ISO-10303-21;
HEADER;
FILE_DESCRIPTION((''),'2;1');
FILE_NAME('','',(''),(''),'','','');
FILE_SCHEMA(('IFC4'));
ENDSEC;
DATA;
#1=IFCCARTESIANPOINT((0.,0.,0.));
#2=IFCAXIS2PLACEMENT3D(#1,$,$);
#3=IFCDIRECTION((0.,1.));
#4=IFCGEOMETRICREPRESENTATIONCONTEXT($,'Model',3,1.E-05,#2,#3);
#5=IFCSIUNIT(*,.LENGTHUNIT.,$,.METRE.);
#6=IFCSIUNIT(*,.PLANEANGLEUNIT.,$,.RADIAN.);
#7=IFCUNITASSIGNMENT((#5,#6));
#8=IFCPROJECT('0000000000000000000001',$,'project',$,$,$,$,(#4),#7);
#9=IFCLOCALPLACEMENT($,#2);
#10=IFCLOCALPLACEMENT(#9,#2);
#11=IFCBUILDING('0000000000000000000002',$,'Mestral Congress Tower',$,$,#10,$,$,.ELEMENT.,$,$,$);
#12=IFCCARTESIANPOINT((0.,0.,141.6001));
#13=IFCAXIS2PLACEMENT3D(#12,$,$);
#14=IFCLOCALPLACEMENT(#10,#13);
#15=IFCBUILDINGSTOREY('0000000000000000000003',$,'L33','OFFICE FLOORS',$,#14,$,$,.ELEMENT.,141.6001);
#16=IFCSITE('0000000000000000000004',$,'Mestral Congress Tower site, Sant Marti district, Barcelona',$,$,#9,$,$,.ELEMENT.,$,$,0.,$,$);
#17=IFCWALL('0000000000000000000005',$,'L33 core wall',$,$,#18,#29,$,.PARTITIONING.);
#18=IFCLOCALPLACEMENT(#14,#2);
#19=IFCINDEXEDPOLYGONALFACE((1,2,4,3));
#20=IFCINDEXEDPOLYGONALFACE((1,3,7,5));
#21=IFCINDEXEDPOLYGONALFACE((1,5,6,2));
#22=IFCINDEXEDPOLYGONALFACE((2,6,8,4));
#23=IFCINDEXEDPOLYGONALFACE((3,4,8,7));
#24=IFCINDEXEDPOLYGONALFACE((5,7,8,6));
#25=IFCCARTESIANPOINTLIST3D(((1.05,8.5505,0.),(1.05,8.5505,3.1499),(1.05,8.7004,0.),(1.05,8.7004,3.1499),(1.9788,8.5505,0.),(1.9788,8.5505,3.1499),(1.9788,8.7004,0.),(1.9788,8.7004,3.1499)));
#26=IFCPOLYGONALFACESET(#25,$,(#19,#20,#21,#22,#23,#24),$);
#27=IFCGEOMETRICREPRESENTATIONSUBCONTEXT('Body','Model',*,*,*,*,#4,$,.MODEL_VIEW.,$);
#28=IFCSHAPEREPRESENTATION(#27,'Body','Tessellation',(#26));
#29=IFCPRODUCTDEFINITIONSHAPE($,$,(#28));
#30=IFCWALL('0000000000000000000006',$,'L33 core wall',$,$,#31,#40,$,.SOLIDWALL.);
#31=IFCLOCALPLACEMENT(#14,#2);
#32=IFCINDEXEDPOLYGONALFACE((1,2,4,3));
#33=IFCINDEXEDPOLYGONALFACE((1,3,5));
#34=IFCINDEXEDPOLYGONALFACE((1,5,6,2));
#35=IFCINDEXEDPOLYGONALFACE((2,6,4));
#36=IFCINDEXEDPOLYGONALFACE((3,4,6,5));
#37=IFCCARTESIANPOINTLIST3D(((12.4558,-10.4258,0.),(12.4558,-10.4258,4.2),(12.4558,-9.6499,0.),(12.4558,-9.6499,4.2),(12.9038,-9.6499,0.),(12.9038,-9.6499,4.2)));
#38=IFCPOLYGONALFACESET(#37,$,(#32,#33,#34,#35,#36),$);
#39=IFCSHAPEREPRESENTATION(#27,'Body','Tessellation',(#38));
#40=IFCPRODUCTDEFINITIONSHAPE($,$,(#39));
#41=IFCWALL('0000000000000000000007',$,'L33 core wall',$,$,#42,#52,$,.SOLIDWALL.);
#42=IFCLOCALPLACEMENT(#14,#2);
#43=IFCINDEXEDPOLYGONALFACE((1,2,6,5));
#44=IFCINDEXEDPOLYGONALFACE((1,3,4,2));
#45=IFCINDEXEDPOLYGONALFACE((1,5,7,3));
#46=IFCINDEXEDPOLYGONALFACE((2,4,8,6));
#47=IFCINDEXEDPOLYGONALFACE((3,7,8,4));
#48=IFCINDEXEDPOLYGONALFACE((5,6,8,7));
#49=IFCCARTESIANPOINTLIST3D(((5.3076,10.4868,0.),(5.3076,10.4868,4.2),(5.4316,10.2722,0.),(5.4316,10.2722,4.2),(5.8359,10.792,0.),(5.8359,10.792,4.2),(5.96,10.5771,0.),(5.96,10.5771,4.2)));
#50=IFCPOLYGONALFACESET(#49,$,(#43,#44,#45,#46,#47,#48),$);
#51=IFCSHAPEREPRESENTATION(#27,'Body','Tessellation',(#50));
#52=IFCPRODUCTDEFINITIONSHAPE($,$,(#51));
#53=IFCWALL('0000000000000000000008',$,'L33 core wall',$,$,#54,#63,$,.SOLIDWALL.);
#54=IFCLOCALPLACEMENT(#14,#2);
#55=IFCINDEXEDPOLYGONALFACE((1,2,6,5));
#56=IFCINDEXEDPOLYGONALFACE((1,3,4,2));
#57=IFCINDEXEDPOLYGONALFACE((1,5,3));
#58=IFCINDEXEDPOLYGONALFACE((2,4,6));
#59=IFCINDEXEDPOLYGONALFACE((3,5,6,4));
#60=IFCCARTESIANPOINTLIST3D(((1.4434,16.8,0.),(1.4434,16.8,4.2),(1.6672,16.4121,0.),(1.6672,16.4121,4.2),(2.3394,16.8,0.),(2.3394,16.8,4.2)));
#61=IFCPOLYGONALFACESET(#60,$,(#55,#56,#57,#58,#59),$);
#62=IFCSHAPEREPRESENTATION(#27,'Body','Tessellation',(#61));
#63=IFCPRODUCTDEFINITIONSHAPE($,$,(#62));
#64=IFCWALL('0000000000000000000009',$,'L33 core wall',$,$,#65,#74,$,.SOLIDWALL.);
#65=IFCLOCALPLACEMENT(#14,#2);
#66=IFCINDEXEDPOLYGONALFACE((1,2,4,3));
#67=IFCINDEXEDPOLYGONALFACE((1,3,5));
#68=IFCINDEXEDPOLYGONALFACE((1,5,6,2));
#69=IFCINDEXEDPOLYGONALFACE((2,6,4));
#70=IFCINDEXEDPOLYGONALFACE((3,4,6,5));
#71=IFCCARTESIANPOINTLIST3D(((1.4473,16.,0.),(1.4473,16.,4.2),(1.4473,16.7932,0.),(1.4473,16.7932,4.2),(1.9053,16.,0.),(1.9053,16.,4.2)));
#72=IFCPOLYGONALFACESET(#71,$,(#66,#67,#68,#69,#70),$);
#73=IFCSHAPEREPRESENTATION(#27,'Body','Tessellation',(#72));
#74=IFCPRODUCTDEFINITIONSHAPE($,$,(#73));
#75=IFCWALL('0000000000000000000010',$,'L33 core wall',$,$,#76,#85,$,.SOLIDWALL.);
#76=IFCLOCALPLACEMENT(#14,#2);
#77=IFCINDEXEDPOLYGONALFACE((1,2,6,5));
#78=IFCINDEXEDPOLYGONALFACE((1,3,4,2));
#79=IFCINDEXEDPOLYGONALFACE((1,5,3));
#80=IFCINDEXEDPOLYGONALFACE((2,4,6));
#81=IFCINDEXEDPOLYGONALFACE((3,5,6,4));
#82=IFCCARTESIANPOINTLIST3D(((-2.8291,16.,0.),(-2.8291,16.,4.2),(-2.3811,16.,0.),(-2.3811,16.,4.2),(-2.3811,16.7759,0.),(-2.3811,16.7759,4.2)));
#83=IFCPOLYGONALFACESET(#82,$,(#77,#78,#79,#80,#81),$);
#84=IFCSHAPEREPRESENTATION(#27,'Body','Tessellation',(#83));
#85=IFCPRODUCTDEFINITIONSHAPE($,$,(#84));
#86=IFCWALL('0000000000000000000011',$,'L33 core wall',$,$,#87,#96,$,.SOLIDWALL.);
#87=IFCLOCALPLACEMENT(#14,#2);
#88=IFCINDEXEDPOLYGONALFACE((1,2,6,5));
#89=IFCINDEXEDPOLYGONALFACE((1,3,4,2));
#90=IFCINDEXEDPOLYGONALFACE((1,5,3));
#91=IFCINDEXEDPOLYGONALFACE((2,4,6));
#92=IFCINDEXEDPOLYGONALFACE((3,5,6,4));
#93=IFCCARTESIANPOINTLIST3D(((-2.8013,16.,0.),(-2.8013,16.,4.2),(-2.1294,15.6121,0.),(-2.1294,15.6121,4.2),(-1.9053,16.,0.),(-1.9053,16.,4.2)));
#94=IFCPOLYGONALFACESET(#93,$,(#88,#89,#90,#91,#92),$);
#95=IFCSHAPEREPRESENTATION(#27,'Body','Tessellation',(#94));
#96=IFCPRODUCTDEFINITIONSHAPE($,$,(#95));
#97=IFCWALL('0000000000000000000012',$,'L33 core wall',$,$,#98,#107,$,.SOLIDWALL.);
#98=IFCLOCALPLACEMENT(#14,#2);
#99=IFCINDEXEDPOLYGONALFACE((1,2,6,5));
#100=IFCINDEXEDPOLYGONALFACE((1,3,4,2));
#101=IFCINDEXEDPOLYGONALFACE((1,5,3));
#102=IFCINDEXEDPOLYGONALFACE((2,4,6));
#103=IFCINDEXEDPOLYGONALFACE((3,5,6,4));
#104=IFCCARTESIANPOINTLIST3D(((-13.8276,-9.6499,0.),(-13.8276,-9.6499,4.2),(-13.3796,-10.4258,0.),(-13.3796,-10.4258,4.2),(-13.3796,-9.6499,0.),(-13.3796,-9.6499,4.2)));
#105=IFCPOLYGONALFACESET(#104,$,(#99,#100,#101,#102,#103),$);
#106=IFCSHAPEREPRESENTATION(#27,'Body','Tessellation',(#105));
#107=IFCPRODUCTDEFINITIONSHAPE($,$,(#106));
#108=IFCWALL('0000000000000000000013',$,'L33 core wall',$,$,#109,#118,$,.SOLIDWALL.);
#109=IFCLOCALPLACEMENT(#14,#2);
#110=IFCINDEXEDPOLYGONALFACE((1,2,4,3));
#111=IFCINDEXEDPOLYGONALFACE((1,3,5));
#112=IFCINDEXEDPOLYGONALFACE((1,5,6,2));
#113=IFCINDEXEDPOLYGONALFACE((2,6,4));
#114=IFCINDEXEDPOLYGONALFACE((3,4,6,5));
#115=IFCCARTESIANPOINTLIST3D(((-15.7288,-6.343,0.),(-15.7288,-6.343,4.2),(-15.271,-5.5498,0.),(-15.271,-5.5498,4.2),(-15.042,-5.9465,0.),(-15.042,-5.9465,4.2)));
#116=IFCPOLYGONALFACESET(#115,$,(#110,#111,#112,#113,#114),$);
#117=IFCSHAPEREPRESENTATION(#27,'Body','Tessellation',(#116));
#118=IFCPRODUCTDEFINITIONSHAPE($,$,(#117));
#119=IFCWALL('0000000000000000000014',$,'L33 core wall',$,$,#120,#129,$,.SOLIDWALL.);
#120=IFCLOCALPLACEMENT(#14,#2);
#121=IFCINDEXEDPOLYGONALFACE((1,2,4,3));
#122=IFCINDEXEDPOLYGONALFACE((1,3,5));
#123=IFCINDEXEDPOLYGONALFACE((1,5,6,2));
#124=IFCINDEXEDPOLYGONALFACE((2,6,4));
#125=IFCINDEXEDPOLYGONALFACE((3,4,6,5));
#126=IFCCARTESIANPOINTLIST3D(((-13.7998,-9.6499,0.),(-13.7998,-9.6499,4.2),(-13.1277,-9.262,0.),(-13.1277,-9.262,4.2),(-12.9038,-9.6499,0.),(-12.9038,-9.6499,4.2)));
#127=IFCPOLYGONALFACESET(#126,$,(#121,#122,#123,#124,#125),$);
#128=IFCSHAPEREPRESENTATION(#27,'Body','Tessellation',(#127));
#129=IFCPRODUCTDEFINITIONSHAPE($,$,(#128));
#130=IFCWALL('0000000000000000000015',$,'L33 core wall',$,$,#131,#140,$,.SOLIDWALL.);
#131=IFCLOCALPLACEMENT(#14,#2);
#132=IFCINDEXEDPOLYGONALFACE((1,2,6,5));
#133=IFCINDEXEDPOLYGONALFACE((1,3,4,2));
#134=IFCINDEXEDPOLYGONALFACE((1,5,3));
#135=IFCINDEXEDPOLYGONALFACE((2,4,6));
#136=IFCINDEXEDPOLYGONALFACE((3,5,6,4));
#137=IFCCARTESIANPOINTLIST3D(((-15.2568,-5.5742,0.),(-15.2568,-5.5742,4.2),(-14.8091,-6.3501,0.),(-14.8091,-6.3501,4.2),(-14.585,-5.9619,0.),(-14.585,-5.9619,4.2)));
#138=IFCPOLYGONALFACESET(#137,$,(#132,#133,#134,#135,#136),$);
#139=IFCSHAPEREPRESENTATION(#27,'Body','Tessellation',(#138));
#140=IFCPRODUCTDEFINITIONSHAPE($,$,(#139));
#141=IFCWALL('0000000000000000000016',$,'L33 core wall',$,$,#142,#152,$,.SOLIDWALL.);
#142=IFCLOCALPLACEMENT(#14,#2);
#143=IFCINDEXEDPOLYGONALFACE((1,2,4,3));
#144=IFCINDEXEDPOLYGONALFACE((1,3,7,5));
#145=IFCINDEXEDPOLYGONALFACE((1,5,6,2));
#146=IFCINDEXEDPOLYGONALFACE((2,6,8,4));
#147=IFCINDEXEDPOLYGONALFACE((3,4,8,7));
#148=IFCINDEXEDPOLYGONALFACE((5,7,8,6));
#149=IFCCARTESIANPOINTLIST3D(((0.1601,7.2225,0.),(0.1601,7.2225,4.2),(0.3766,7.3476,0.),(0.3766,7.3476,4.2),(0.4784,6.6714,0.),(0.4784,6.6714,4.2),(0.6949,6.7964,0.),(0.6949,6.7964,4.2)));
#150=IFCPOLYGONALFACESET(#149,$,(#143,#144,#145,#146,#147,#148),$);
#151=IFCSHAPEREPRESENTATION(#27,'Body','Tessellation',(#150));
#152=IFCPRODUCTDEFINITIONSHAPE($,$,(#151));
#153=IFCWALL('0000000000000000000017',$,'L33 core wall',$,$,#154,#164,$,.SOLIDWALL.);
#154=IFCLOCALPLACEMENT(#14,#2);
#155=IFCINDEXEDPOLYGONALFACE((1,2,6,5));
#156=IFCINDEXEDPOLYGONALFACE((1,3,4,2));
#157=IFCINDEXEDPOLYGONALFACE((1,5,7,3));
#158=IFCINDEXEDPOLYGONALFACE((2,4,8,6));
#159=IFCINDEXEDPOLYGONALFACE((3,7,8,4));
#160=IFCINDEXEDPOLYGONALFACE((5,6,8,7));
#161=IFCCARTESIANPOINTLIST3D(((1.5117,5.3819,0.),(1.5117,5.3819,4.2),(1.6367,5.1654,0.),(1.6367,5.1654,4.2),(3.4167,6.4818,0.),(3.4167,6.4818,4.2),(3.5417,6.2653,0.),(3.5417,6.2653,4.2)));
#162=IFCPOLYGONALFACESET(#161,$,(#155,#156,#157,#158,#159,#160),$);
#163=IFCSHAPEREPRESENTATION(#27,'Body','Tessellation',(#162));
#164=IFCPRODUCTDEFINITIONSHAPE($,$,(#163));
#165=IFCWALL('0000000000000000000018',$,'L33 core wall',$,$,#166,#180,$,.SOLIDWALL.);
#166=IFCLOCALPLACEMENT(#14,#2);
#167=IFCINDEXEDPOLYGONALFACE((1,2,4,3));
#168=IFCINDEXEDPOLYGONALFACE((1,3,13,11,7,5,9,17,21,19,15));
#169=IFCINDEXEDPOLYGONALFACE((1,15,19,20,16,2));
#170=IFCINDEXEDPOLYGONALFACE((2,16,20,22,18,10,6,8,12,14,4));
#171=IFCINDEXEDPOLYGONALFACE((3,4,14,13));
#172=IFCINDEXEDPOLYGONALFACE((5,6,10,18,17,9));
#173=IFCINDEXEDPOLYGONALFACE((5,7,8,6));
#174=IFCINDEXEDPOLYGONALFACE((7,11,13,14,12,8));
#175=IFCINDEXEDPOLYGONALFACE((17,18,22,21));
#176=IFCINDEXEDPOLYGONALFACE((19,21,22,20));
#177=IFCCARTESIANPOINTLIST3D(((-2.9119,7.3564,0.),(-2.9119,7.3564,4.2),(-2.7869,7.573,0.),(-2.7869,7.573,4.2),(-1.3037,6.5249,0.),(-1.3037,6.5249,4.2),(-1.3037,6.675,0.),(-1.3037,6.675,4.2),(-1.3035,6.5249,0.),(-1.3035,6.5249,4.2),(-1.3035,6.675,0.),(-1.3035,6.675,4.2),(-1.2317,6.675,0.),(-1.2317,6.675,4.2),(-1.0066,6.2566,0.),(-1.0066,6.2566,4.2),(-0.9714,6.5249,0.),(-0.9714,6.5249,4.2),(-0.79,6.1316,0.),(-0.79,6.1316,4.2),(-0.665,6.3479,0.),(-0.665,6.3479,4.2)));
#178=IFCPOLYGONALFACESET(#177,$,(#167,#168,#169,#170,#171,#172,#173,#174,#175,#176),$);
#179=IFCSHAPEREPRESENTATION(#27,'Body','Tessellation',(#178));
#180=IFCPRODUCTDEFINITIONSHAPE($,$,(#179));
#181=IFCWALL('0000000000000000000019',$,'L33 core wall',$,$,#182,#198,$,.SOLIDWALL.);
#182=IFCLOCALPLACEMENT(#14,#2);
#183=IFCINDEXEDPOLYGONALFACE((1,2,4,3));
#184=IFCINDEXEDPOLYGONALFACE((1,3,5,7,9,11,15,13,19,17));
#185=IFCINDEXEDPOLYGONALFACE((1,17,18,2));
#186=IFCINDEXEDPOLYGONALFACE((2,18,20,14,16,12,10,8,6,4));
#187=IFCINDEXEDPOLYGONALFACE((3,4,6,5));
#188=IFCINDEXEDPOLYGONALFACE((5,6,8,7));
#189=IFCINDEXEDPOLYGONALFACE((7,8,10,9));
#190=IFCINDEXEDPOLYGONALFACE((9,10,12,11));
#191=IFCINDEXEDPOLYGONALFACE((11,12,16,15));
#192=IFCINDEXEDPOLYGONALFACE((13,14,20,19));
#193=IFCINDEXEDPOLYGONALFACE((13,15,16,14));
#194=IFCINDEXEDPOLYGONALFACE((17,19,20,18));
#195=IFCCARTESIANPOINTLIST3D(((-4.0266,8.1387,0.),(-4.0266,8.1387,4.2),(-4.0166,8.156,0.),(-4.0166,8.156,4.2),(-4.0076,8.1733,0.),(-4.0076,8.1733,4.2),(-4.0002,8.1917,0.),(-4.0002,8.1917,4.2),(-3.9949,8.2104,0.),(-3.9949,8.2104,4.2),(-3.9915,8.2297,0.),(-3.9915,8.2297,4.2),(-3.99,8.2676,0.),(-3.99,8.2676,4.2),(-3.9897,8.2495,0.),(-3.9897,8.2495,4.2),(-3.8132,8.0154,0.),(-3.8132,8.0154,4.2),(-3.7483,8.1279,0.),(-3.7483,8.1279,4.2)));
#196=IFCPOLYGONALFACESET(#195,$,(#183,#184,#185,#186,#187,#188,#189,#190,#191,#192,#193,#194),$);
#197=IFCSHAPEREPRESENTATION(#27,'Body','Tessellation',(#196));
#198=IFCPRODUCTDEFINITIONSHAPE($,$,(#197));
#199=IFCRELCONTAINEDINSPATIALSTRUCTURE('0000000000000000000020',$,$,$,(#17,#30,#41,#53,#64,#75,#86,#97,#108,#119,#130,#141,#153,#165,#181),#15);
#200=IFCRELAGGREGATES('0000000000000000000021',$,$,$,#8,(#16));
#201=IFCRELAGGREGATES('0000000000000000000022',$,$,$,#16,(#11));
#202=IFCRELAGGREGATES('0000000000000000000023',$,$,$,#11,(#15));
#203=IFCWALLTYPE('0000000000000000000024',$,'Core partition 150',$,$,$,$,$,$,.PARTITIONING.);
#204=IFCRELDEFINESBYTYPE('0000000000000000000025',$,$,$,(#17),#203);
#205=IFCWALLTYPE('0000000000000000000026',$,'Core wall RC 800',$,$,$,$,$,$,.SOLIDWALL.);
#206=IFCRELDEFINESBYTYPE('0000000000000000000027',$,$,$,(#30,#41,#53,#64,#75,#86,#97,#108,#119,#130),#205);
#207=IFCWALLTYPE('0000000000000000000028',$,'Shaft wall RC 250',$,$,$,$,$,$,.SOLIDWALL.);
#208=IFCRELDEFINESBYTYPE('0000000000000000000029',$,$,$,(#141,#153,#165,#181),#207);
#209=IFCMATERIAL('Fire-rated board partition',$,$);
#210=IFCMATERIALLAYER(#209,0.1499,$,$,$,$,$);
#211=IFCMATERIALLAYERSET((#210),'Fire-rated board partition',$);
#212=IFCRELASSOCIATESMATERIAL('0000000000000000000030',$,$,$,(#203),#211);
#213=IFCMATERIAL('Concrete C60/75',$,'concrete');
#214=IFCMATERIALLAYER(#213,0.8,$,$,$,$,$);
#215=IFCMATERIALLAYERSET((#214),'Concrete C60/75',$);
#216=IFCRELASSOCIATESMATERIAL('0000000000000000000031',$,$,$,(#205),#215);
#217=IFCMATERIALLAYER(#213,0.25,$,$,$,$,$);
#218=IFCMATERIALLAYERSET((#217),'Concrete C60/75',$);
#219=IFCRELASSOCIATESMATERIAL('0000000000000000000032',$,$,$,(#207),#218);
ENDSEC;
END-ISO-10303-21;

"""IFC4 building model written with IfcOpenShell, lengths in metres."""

from ifc_helpers import new_model, si_unit, direction, frame, frame_2d, origin, place, context, subcontext, project, spatial, polyline, rectangle, outline, extrude, material, layer, layer_set, type_object, element, save


model = new_model("IFC4")

# Units and contexts
model_context = context("Model", 3, precision=1e-05, world=origin(), true_north=direction((0.0, 1.0)))
body_context = subcontext(model_context, "Body", "Model", "MODEL_VIEW")
ifc_project = project(units=[si_unit("LENGTHUNIT", "METRE"), si_unit("PLANEANGLEUNIT", "RADIAN")], contexts=[model_context])

# Site, building, storey
site_placement = place(None, origin())
site = spatial("IfcSite", under=ifc_project, at=site_placement, Name="Mestral Congress Tower site, Sant Marti district, Barcelona", CompositionType="ELEMENT", RefElevation=0.0)
building_placement = place(site_placement, origin())
building = spatial("IfcBuilding", under=site, at=building_placement, Name="Mestral Congress Tower", CompositionType="ELEMENT")
storey_placement = place(building_placement, frame((0.0, 0.0, 141.6001)))
storey = spatial("IfcBuildingStorey", under=building, at=storey_placement, Name="L33", Description="OFFICE FLOORS", CompositionType="ELEMENT", Elevation=141.6001)

# Walls
ifc_material_1 = material(Name="Fire-rated board partition")
ifc_layer_1 = layer(ifc_material_1, 0.1499)
ifc_layer_set_1 = layer_set([ifc_layer_1], Name="Fire-rated board partition")
wall_type_1 = type_object("IfcWallType", Name="Core partition 150", PredefinedType="PARTITIONING", material=ifc_layer_set_1)
wall_1_placement = place(storey_placement, frame((1.05, 8.6255, 0.0), z_axis=(0.0, 0.0, 1.0), x_axis=(1.0, 0.0, 0.0)))
element("IfcWall", 1, at=wall_1_placement, inside=storey, type_object=wall_type_1, Name="L33 core wall", PredefinedType="PARTITIONING", context=body_context, shape_type="SweptSolid", body=[
    extrude(rectangle(XDim=0.9287, YDim=0.1499, at=frame_2d((0.4644, 0.0))), origin(), (0.0, 0.0, 1.0), 3.1499),
])
ifc_material_2 = material(Name="Concrete C60/75", Category="concrete")
ifc_layer_2 = layer(ifc_material_2, 0.8)
ifc_layer_set_2 = layer_set([ifc_layer_2], Name="Concrete C60/75")
wall_type_2 = type_object("IfcWallType", Name="Core wall RC 800", PredefinedType="SOLIDWALL", material=ifc_layer_set_2)
placement = place(storey_placement, origin())
element("IfcWall", 2, at=placement, inside=storey, type_object=wall_type_2, Name="L33 core wall", PredefinedType="SOLIDWALL", context=body_context, shape_type="SweptSolid", body=[
    extrude(outline(polyline([(12.9038, -9.6499), (12.4558, -10.4258), (12.4558, -9.6499), (12.9038, -9.6499)])), origin(), (0.0, 0.0, 1.0), 4.2),
])
element("IfcWall", 3, at=placement, inside=storey, type_object=wall_type_2, Name="L33 core wall", PredefinedType="SOLIDWALL", context=body_context, shape_type="SweptSolid", body=[
    extrude(outline(polyline([(5.4316, 10.2722), (5.3076, 10.4868), (5.8359, 10.792), (5.96, 10.5771), (5.4316, 10.2722)])), origin(), (0.0, 0.0, 1.0), 4.2),
])
element("IfcWall", 4, at=placement, inside=storey, type_object=wall_type_2, Name="L33 core wall", PredefinedType="SOLIDWALL", context=body_context, shape_type="SweptSolid", body=[
    extrude(outline(polyline([(1.4434, 16.8), (2.3394, 16.8), (1.6672, 16.4121), (1.4434, 16.8)])), origin(), (0.0, 0.0, 1.0), 4.2),
])
element("IfcWall", 5, at=placement, inside=storey, type_object=wall_type_2, Name="L33 core wall", PredefinedType="SOLIDWALL", context=body_context, shape_type="SweptSolid", body=[
    extrude(outline(polyline([(1.9053, 16.0), (1.4473, 16.0), (1.4473, 16.7932), (1.9053, 16.0)])), origin(), (0.0, 0.0, 1.0), 4.2),
])
element("IfcWall", 6, at=placement, inside=storey, type_object=wall_type_2, Name="L33 core wall", PredefinedType="SOLIDWALL", context=body_context, shape_type="SweptSolid", body=[
    extrude(outline(polyline([(-2.8291, 16.0), (-2.3811, 16.7759), (-2.3811, 16.0), (-2.8291, 16.0)])), origin(), (0.0, 0.0, 1.0), 4.2),
])
element("IfcWall", 7, at=placement, inside=storey, type_object=wall_type_2, Name="L33 core wall", PredefinedType="SOLIDWALL", context=body_context, shape_type="SweptSolid", body=[
    extrude(outline(polyline([(-1.9053, 16.0), (-2.1294, 15.6121), (-2.8013, 16.0), (-1.9053, 16.0)])), origin(), (0.0, 0.0, 1.0), 4.2),
])
element("IfcWall", 8, at=placement, inside=storey, type_object=wall_type_2, Name="L33 core wall", PredefinedType="SOLIDWALL", context=body_context, shape_type="SweptSolid", body=[
    extrude(outline(polyline([(-13.8276, -9.6499), (-13.3796, -9.6499), (-13.3796, -10.4258), (-13.8276, -9.6499)])), origin(), (0.0, 0.0, 1.0), 4.2),
])
element("IfcWall", 9, at=placement, inside=storey, type_object=wall_type_2, Name="L33 core wall", PredefinedType="SOLIDWALL", context=body_context, shape_type="SweptSolid", body=[
    extrude(outline(polyline([(-15.042, -5.9465), (-15.7288, -6.343), (-15.271, -5.5498), (-15.042, -5.9465)])), origin(), (0.0, 0.0, 1.0), 4.2),
])
element("IfcWall", 10, at=placement, inside=storey, type_object=wall_type_2, Name="L33 core wall", PredefinedType="SOLIDWALL", context=body_context, shape_type="SweptSolid", body=[
    extrude(outline(polyline([(-12.9038, -9.6499), (-13.7998, -9.6499), (-13.1277, -9.262), (-12.9038, -9.6499)])), origin(), (0.0, 0.0, 1.0), 4.2),
])
element("IfcWall", 11, at=placement, inside=storey, type_object=wall_type_2, Name="L33 core wall", PredefinedType="SOLIDWALL", context=body_context, shape_type="SweptSolid", body=[
    extrude(outline(polyline([(-14.8091, -6.3501), (-15.2568, -5.5742), (-14.585, -5.9619), (-14.8091, -6.3501)])), origin(), (0.0, 0.0, 1.0), 4.2),
])
ifc_layer_3 = layer(ifc_material_2, 0.25)
ifc_layer_set_3 = layer_set([ifc_layer_3], Name="Concrete C60/75")
wall_type_3 = type_object("IfcWallType", Name="Shaft wall RC 250", PredefinedType="SOLIDWALL", material=ifc_layer_set_3)
wall_2_placement = place(storey_placement, frame((0.2683, 7.2852, 0.0), z_axis=(0.0, 0.0, 1.0), x_axis=(0.500099, -0.865968, 0.0)))
element("IfcWall", 12, at=wall_2_placement, inside=storey, type_object=wall_type_3, Name="L33 core wall", PredefinedType="SOLIDWALL", context=body_context, shape_type="SweptSolid", body=[
    extrude(rectangle(XDim=0.6365, YDim=0.25, at=frame_2d((0.3184, 0.0))), origin(), (0.0, 0.0, 1.0), 4.2),
])
wall_3_placement = place(storey_placement, frame((1.5742, 5.2737, 0.0), z_axis=(0.0, 0.0, 1.0), x_axis=(0.866028, 0.499995, 0.0)))
element("IfcWall", 13, at=wall_3_placement, inside=storey, type_object=wall_type_3, Name="L33 core wall", PredefinedType="SOLIDWALL", context=body_context, shape_type="SweptSolid", body=[
    extrude(rectangle(XDim=2.1997, YDim=0.25, at=frame_2d((1.0999, 0.0))), origin(), (0.0, 0.0, 1.0), 4.2),
])
element("IfcWall", 14, at=placement, inside=storey, type_object=wall_type_3, Name="L33 core wall", PredefinedType="SOLIDWALL", context=body_context, shape_type="SweptSolid", body=[
    extrude(outline(polyline([(-2.9119, 7.3564), (-2.7869, 7.573), (-1.2317, 6.675), (-1.3035, 6.675), (-1.3037, 6.675), (-1.3037, 6.675), (-1.3037, 6.5249), (-1.3037, 6.5249), (-1.3035, 6.5249), (-0.9714, 6.5249), (-0.665, 6.3479), (-0.79, 6.1316), (-1.0066, 6.2566), (-1.0066, 6.2566), (-2.9119, 7.3564)])), origin(), (0.0, 0.0, 1.0), 4.2),
])
element("IfcWall", 15, at=placement, inside=storey, type_object=wall_type_3, Name="L33 core wall", PredefinedType="SOLIDWALL", context=body_context, shape_type="SweptSolid", body=[
    extrude(outline(polyline([(-3.7483, 8.1279), (-3.8132, 8.0154), (-4.0266, 8.1387), (-4.0166, 8.156), (-4.0076, 8.1733), (-4.0002, 8.1917), (-3.9949, 8.2104), (-3.9915, 8.2297), (-3.9897, 8.2495), (-3.99, 8.2676), (-3.7483, 8.1279)])), origin(), (0.0, 0.0, 1.0), 4.2),
])

save(model, "model.ifc")
